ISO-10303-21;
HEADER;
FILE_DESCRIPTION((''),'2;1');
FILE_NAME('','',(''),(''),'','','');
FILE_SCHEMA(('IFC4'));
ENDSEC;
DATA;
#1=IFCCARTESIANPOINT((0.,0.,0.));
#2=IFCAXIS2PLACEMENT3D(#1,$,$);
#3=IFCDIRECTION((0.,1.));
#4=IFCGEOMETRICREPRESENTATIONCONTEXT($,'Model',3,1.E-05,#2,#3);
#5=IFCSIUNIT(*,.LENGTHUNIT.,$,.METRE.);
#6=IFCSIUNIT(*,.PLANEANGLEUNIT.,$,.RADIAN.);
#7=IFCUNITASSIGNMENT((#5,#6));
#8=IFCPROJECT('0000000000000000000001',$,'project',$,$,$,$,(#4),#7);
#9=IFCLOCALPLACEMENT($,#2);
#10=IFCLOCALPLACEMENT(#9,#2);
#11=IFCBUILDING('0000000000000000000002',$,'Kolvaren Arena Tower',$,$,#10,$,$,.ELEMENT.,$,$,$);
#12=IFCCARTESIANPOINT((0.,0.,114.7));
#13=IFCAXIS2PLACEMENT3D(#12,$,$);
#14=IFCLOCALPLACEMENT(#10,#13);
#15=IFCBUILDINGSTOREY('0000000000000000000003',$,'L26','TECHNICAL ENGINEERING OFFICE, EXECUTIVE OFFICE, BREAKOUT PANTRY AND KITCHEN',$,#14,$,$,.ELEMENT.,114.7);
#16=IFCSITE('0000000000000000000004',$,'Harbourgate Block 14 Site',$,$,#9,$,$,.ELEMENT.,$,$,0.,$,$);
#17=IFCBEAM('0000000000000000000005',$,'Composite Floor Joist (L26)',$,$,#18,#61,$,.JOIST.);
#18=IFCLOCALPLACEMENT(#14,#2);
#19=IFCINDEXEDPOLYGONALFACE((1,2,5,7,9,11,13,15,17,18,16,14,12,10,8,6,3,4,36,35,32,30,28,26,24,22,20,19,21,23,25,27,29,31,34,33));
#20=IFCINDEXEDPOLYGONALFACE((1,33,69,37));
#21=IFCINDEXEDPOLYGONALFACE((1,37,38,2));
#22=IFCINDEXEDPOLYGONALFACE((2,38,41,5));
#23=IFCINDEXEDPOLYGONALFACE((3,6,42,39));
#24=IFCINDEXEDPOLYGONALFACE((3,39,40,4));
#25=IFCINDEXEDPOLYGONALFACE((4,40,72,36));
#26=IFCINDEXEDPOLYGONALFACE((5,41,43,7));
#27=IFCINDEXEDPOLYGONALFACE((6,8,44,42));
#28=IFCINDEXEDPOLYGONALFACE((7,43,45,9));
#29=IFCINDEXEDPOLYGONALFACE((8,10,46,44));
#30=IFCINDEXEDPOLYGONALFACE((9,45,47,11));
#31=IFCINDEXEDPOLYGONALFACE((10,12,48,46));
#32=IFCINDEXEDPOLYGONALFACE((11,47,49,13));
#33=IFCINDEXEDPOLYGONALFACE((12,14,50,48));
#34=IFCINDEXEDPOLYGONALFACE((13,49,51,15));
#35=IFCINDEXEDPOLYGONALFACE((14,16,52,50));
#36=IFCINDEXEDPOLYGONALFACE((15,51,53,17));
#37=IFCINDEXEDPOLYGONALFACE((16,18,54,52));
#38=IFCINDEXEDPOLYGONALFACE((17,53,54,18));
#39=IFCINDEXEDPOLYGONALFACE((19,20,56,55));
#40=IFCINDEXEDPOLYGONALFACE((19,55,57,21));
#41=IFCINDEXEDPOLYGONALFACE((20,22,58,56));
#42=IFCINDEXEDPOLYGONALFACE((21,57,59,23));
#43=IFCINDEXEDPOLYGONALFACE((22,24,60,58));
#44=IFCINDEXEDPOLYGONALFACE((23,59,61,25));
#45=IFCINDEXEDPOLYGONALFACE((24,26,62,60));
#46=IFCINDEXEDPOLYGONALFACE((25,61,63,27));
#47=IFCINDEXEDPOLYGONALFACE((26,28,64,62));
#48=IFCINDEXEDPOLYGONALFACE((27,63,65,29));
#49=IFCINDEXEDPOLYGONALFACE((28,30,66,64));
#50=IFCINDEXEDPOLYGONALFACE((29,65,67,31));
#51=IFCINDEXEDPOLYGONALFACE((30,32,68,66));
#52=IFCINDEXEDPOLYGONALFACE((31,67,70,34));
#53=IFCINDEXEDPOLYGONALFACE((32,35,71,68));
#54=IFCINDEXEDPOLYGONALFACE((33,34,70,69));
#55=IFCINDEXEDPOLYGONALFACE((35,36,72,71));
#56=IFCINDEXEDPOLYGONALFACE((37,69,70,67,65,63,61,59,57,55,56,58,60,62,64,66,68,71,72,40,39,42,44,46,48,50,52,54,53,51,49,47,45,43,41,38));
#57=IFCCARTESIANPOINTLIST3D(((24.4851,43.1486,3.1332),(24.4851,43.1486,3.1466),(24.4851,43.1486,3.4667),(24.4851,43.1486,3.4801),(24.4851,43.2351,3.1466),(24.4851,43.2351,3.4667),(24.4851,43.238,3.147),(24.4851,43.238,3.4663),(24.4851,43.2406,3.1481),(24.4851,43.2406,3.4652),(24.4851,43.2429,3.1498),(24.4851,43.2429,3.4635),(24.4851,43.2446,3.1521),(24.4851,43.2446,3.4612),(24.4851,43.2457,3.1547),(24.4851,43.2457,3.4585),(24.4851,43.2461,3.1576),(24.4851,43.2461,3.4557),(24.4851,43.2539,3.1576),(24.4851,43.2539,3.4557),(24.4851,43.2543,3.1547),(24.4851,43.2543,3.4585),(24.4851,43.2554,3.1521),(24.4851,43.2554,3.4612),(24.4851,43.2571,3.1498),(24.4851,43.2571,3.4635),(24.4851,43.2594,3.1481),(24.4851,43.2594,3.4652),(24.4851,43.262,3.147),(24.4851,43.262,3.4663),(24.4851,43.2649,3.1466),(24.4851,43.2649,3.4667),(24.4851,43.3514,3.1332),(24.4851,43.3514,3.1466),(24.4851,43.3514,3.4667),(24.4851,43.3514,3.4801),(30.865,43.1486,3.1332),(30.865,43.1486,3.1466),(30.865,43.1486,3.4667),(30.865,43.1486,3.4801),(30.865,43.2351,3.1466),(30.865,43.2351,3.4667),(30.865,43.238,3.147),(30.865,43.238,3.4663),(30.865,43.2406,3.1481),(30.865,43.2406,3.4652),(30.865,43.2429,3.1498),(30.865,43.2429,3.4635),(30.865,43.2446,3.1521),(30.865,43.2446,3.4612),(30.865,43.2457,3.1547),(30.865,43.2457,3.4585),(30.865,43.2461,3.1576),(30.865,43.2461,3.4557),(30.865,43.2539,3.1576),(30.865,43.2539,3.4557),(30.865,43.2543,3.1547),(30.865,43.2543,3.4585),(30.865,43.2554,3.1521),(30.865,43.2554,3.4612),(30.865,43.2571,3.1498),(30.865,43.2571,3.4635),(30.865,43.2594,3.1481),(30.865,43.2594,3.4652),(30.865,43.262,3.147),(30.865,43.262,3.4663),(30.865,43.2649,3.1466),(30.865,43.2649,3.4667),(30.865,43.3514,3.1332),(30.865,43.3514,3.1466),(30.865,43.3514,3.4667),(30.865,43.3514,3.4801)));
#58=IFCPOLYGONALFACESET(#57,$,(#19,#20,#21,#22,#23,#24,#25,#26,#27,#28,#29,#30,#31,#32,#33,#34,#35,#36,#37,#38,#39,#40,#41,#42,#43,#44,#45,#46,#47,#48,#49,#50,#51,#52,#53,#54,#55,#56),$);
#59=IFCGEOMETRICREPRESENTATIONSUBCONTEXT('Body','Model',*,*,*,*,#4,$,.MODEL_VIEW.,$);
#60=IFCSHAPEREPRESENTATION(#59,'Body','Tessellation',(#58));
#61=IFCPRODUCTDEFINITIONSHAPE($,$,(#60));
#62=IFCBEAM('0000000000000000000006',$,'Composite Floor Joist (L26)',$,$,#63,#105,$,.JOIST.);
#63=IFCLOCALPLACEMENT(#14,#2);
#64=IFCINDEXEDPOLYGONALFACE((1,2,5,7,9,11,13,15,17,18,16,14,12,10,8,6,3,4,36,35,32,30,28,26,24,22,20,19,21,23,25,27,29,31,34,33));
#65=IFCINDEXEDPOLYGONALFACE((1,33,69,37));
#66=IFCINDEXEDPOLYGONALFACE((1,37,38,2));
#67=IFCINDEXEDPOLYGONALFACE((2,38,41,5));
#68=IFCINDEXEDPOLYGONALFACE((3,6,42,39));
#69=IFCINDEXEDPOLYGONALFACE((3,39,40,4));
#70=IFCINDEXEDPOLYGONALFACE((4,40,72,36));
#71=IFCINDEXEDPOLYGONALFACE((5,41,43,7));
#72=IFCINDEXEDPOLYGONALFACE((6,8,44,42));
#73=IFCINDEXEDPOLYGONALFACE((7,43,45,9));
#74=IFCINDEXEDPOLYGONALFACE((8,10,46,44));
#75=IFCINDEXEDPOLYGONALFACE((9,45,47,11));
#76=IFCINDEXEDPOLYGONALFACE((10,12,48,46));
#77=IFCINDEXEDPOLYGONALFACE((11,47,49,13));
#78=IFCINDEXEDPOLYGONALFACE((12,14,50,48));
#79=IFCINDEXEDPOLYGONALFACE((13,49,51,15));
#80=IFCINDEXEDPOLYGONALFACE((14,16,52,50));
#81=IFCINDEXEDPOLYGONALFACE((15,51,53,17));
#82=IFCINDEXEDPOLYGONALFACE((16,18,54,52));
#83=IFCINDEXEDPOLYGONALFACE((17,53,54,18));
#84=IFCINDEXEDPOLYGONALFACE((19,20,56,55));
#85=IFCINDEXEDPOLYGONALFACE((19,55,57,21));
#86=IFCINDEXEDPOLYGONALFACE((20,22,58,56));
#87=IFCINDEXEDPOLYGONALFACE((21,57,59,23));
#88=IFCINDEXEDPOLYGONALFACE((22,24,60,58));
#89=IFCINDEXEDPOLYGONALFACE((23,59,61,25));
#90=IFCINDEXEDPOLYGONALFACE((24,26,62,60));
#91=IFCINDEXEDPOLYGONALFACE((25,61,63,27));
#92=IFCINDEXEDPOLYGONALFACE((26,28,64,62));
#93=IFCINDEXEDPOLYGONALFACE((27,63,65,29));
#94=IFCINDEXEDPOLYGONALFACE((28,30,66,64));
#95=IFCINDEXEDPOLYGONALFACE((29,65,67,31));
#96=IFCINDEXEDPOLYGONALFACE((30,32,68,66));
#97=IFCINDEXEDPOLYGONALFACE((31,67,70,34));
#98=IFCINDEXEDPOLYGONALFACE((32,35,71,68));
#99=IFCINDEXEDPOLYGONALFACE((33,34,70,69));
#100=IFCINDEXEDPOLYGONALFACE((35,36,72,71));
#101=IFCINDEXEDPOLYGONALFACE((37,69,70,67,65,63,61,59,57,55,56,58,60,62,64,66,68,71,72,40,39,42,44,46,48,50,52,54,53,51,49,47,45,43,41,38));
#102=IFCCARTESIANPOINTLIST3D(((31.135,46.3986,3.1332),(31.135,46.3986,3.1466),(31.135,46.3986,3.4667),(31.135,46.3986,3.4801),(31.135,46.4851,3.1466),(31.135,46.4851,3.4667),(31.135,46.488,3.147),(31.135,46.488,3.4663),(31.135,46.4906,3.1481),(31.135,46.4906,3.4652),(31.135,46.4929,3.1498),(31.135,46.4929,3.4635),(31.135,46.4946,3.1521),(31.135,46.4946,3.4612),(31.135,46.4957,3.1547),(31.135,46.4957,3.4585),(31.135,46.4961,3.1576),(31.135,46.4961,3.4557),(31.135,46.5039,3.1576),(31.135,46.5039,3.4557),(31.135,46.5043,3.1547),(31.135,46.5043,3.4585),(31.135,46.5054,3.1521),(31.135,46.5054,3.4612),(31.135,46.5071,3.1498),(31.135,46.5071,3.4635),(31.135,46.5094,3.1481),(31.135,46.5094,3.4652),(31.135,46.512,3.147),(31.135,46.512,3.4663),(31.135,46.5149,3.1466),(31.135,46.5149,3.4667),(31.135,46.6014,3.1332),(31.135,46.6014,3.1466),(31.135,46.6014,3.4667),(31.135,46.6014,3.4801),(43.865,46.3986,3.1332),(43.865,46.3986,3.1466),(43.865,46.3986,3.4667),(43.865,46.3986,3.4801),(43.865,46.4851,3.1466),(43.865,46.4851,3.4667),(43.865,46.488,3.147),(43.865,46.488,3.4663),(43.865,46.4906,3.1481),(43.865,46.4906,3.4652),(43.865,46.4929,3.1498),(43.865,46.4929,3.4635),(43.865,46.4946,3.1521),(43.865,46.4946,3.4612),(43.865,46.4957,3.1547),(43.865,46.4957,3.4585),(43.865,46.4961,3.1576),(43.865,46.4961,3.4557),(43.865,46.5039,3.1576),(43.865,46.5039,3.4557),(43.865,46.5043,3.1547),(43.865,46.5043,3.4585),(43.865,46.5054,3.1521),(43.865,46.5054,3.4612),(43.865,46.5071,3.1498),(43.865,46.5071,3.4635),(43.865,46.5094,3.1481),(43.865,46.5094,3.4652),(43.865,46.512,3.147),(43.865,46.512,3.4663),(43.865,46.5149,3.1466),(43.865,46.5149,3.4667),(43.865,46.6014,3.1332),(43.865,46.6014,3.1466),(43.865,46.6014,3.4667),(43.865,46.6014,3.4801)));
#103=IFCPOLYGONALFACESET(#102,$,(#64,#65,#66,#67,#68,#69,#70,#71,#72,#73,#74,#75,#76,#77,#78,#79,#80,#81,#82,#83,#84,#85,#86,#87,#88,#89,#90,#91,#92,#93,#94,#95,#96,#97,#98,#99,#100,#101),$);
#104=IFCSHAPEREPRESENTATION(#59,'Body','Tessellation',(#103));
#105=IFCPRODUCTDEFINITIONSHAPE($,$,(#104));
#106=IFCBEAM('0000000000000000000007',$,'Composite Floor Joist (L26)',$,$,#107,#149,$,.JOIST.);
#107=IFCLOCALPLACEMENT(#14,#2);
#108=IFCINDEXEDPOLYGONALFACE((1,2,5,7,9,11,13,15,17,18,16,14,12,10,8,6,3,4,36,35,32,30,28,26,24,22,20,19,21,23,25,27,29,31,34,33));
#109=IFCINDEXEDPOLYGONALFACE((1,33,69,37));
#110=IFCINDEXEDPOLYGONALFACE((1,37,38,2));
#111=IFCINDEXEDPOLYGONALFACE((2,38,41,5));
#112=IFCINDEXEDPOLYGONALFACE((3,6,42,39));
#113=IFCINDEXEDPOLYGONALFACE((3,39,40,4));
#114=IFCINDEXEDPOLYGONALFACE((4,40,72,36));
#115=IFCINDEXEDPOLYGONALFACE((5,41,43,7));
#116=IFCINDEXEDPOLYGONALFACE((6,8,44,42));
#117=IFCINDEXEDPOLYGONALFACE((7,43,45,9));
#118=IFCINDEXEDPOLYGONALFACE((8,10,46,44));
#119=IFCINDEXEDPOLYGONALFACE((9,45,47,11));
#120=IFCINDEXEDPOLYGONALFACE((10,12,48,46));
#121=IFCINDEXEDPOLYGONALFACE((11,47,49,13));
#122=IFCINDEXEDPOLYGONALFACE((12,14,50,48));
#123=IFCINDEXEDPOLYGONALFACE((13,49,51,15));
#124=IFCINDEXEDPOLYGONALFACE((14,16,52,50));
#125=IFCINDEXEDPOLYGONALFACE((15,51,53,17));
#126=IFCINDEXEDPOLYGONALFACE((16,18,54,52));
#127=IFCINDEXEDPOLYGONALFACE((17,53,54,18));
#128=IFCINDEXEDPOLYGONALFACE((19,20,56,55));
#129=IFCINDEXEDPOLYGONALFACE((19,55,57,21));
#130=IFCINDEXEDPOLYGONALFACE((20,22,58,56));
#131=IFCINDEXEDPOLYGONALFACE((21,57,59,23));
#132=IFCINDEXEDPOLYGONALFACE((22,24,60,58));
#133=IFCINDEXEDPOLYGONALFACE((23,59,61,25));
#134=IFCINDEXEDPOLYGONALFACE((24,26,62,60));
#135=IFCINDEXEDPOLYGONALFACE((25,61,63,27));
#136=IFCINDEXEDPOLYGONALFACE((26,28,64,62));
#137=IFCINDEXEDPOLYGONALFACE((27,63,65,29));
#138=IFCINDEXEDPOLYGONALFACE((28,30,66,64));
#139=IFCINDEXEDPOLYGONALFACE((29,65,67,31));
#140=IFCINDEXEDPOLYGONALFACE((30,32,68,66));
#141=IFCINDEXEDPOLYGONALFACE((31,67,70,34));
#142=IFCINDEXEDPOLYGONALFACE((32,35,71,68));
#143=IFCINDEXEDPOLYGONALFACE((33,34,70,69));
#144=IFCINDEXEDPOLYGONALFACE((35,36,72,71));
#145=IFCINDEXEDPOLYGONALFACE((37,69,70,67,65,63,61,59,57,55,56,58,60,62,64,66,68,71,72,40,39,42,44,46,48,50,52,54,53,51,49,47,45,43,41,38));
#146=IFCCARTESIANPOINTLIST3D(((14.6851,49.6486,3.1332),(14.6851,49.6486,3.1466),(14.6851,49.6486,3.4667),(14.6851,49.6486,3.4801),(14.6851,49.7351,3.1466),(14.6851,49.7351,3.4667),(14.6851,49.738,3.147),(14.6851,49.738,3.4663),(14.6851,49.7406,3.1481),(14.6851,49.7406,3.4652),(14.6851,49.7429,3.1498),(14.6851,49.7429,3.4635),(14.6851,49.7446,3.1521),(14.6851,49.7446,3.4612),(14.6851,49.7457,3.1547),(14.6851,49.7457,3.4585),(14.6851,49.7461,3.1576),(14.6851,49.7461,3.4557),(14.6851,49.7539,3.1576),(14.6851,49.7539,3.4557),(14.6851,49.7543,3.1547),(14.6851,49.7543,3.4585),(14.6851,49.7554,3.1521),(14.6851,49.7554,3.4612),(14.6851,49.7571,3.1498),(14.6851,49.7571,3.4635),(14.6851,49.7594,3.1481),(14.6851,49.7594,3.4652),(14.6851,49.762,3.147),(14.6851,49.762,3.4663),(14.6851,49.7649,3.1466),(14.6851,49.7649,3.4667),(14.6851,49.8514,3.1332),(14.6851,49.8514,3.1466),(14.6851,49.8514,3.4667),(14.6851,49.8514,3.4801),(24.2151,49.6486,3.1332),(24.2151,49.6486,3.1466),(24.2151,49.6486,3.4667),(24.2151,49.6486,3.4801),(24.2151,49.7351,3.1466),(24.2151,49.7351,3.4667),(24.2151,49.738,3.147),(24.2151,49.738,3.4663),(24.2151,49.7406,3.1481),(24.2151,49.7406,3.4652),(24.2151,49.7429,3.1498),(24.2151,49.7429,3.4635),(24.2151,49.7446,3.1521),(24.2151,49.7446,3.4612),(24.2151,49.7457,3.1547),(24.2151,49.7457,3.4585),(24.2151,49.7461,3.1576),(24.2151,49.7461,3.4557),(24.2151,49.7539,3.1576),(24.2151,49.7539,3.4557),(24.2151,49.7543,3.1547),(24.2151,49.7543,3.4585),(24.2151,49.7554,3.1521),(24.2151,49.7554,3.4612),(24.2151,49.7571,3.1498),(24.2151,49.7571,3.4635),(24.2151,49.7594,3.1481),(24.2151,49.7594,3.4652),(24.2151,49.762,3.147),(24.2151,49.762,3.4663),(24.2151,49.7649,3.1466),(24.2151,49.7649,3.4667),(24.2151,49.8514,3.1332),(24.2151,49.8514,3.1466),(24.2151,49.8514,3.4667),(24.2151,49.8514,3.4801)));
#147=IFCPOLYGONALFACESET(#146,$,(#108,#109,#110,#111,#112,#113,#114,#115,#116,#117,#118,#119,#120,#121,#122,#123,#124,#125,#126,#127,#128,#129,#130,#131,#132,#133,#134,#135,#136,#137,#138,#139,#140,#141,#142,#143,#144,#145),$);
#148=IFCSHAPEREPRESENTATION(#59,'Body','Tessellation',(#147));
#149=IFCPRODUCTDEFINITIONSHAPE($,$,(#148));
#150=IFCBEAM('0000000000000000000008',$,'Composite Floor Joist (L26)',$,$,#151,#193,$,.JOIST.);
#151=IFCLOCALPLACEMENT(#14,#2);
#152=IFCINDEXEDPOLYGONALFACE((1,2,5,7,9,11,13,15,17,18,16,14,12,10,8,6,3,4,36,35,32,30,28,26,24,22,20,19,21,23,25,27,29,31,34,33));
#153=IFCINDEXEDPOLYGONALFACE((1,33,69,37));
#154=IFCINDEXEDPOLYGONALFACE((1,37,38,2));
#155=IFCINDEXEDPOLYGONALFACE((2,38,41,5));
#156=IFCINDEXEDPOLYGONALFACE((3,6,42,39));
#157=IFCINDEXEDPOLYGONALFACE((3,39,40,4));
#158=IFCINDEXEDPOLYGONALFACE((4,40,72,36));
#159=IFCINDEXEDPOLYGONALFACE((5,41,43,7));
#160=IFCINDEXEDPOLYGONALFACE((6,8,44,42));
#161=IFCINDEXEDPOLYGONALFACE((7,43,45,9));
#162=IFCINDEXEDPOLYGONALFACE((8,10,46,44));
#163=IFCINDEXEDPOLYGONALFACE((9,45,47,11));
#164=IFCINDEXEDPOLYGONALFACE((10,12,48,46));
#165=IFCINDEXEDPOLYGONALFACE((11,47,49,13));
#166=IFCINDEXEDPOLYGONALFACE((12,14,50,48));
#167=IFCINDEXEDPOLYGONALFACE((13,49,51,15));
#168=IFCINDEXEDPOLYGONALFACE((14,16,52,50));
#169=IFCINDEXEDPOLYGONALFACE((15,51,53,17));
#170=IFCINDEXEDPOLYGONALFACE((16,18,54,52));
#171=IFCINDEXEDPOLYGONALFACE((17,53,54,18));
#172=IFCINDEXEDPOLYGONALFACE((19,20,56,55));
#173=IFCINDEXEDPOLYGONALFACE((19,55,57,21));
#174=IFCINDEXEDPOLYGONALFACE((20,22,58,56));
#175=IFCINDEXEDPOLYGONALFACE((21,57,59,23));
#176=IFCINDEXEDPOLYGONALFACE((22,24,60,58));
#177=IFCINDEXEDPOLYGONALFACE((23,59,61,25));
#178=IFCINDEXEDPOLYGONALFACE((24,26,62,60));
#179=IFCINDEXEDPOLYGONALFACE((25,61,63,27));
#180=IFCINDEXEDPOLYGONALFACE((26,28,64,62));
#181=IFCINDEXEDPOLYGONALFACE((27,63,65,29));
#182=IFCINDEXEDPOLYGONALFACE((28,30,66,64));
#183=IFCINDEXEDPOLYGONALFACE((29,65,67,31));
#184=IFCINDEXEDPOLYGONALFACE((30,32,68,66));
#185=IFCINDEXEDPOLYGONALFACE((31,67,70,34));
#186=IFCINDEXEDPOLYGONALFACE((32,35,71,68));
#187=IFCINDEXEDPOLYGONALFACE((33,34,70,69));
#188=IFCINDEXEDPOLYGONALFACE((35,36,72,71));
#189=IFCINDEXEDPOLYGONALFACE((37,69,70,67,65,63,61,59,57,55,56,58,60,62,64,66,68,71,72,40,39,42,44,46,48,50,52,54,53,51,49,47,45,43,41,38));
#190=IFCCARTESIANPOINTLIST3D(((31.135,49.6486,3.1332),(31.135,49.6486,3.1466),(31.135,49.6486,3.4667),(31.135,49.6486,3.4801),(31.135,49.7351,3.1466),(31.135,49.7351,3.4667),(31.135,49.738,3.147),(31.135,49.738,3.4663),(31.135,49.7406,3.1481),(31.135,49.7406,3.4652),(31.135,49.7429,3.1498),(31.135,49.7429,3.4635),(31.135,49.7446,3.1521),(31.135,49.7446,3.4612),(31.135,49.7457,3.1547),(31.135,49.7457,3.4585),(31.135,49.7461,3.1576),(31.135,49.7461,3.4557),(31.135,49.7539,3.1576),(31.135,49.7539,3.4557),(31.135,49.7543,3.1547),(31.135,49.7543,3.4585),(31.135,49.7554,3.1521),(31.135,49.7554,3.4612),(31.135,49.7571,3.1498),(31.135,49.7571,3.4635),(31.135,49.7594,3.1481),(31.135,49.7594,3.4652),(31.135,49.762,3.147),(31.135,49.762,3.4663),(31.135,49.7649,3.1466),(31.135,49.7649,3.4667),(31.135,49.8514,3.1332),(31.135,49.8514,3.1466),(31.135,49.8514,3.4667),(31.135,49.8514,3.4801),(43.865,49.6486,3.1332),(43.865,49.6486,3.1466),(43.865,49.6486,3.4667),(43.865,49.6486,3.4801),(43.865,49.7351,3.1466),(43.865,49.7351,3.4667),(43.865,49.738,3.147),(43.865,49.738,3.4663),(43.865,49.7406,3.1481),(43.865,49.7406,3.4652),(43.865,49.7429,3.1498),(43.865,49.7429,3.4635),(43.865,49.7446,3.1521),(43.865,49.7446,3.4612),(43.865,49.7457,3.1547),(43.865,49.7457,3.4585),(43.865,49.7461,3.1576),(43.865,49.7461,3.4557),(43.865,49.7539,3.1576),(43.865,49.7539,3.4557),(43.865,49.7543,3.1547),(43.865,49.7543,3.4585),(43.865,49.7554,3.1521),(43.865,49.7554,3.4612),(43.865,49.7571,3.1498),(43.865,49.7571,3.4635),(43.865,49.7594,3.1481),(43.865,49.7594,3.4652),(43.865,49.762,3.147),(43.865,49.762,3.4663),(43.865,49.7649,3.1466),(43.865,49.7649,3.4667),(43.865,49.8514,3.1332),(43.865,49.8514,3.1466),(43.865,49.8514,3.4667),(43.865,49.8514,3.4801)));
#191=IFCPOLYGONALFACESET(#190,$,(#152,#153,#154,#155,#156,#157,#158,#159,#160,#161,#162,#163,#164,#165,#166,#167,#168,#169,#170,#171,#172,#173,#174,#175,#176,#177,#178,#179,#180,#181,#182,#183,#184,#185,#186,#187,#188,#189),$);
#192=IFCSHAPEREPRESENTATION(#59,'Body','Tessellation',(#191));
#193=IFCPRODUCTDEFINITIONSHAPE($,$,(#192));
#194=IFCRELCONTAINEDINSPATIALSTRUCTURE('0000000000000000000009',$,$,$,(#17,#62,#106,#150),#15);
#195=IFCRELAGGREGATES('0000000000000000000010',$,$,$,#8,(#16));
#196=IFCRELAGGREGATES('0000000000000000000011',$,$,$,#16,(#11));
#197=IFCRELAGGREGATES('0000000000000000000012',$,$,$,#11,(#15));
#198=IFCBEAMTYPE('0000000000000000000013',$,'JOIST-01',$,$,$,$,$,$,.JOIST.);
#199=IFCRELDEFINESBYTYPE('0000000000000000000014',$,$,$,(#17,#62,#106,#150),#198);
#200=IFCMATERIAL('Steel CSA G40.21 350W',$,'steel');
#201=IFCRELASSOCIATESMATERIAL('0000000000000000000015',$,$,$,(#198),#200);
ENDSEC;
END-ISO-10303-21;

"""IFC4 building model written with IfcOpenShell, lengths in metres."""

from ifc_helpers import new_model, si_unit, direction, frame, origin, origin_2d, place, context, subcontext, project, spatial, i_section, extrude, material, material_profile, profile_set, type_object, element, save


model = new_model("IFC4")

# Units and contexts
model_context = context("Model", 3, precision=1e-05, world=origin(), true_north=direction((0.0, 1.0)))
body_context = subcontext(model_context, "Body", "Model", "MODEL_VIEW")
ifc_project = project(units=[si_unit("LENGTHUNIT", "METRE"), si_unit("PLANEANGLEUNIT", "RADIAN")], contexts=[model_context])

# Site, building, storey
site_placement = place(None, origin())
site = spatial("IfcSite", under=ifc_project, at=site_placement, Name="Harbourgate Block 14 Site", CompositionType="ELEMENT", RefElevation=0.0)
building_placement = place(site_placement, origin())
building = spatial("IfcBuilding", under=site, at=building_placement, Name="Kolvaren Arena Tower", CompositionType="ELEMENT")
storey_placement = place(building_placement, frame((0.0, 0.0, 114.7)))
storey = spatial("IfcBuildingStorey", under=building, at=storey_placement, Name="L26", Description="TECHNICAL ENGINEERING OFFICE, EXECUTIVE OFFICE, BREAKOUT PANTRY AND KITCHEN", CompositionType="ELEMENT", Elevation=114.7)

# Beams
ifc_material_1 = material(Name="Steel CSA G40.21 350W", Category="steel")
ifc_material_profile_1 = material_profile(ifc_material_1, i_section(OverallWidth=0.2029, OverallDepth=0.3469, WebThickness=0.0078, FlangeThickness=0.0134, FilletRadius=0.011, at=origin_2d()), Name="W360x64")
ifc_profile_set_1 = profile_set([ifc_material_profile_1], Name="Steel CSA G40.21 350W")
beam_type_1 = type_object("IfcBeamType", Name="JOIST-01", PredefinedType="JOIST", material=ifc_profile_set_1)
beam_1_placement = place(storey_placement, frame((24.4851, 43.25, 3.3066), z_axis=(1.0, 0.0, 0.0), x_axis=(0.0, 1.0, 0.0)))
element("IfcBeam", 1, at=beam_1_placement, inside=storey, type_object=beam_type_1, Name="Composite Floor Joist (L26)", PredefinedType="JOIST", context=body_context, shape_type="SweptSolid", body=[
    extrude(i_section(OverallWidth=0.2029, OverallDepth=0.3469, WebThickness=0.0078, FlangeThickness=0.0134, FilletRadius=0.011, at=origin_2d()), origin(), (0.0, 0.0, 1.0), 6.3799),
])
beam_2_placement = place(storey_placement, frame((31.135, 46.5, 3.3066), z_axis=(1.0, 0.0, 0.0), x_axis=(0.0, 1.0, 0.0)))
element("IfcBeam", 2, at=beam_2_placement, inside=storey, type_object=beam_type_1, Name="Composite Floor Joist (L26)", PredefinedType="JOIST", context=body_context, shape_type="SweptSolid", body=[
    extrude(i_section(OverallWidth=0.2029, OverallDepth=0.3469, WebThickness=0.0078, FlangeThickness=0.0134, FilletRadius=0.011, at=origin_2d()), origin(), (0.0, 0.0, 1.0), 12.73),
])
beam_3_placement = place(storey_placement, frame((14.6851, 49.75, 3.3066), z_axis=(1.0, 0.0, 0.0), x_axis=(0.0, 1.0, 0.0)))
element("IfcBeam", 3, at=beam_3_placement, inside=storey, type_object=beam_type_1, Name="Composite Floor Joist (L26)", PredefinedType="JOIST", context=body_context, shape_type="SweptSolid", body=[
    extrude(i_section(OverallWidth=0.2029, OverallDepth=0.3469, WebThickness=0.0078, FlangeThickness=0.0134, FilletRadius=0.011, at=origin_2d()), origin(), (0.0, 0.0, 1.0), 9.53),
])
beam_4_placement = place(storey_placement, frame((31.135, 49.75, 3.3066), z_axis=(1.0, 0.0, 0.0), x_axis=(0.0, 1.0, 0.0)))
element("IfcBeam", 4, at=beam_4_placement, inside=storey, type_object=beam_type_1, Name="Composite Floor Joist (L26)", PredefinedType="JOIST", context=body_context, shape_type="SweptSolid", body=[
    extrude(i_section(OverallWidth=0.2029, OverallDepth=0.3469, WebThickness=0.0078, FlangeThickness=0.0134, FilletRadius=0.011, at=origin_2d()), origin(), (0.0, 0.0, 1.0), 12.73),
])

save(model, "model.ifc")
